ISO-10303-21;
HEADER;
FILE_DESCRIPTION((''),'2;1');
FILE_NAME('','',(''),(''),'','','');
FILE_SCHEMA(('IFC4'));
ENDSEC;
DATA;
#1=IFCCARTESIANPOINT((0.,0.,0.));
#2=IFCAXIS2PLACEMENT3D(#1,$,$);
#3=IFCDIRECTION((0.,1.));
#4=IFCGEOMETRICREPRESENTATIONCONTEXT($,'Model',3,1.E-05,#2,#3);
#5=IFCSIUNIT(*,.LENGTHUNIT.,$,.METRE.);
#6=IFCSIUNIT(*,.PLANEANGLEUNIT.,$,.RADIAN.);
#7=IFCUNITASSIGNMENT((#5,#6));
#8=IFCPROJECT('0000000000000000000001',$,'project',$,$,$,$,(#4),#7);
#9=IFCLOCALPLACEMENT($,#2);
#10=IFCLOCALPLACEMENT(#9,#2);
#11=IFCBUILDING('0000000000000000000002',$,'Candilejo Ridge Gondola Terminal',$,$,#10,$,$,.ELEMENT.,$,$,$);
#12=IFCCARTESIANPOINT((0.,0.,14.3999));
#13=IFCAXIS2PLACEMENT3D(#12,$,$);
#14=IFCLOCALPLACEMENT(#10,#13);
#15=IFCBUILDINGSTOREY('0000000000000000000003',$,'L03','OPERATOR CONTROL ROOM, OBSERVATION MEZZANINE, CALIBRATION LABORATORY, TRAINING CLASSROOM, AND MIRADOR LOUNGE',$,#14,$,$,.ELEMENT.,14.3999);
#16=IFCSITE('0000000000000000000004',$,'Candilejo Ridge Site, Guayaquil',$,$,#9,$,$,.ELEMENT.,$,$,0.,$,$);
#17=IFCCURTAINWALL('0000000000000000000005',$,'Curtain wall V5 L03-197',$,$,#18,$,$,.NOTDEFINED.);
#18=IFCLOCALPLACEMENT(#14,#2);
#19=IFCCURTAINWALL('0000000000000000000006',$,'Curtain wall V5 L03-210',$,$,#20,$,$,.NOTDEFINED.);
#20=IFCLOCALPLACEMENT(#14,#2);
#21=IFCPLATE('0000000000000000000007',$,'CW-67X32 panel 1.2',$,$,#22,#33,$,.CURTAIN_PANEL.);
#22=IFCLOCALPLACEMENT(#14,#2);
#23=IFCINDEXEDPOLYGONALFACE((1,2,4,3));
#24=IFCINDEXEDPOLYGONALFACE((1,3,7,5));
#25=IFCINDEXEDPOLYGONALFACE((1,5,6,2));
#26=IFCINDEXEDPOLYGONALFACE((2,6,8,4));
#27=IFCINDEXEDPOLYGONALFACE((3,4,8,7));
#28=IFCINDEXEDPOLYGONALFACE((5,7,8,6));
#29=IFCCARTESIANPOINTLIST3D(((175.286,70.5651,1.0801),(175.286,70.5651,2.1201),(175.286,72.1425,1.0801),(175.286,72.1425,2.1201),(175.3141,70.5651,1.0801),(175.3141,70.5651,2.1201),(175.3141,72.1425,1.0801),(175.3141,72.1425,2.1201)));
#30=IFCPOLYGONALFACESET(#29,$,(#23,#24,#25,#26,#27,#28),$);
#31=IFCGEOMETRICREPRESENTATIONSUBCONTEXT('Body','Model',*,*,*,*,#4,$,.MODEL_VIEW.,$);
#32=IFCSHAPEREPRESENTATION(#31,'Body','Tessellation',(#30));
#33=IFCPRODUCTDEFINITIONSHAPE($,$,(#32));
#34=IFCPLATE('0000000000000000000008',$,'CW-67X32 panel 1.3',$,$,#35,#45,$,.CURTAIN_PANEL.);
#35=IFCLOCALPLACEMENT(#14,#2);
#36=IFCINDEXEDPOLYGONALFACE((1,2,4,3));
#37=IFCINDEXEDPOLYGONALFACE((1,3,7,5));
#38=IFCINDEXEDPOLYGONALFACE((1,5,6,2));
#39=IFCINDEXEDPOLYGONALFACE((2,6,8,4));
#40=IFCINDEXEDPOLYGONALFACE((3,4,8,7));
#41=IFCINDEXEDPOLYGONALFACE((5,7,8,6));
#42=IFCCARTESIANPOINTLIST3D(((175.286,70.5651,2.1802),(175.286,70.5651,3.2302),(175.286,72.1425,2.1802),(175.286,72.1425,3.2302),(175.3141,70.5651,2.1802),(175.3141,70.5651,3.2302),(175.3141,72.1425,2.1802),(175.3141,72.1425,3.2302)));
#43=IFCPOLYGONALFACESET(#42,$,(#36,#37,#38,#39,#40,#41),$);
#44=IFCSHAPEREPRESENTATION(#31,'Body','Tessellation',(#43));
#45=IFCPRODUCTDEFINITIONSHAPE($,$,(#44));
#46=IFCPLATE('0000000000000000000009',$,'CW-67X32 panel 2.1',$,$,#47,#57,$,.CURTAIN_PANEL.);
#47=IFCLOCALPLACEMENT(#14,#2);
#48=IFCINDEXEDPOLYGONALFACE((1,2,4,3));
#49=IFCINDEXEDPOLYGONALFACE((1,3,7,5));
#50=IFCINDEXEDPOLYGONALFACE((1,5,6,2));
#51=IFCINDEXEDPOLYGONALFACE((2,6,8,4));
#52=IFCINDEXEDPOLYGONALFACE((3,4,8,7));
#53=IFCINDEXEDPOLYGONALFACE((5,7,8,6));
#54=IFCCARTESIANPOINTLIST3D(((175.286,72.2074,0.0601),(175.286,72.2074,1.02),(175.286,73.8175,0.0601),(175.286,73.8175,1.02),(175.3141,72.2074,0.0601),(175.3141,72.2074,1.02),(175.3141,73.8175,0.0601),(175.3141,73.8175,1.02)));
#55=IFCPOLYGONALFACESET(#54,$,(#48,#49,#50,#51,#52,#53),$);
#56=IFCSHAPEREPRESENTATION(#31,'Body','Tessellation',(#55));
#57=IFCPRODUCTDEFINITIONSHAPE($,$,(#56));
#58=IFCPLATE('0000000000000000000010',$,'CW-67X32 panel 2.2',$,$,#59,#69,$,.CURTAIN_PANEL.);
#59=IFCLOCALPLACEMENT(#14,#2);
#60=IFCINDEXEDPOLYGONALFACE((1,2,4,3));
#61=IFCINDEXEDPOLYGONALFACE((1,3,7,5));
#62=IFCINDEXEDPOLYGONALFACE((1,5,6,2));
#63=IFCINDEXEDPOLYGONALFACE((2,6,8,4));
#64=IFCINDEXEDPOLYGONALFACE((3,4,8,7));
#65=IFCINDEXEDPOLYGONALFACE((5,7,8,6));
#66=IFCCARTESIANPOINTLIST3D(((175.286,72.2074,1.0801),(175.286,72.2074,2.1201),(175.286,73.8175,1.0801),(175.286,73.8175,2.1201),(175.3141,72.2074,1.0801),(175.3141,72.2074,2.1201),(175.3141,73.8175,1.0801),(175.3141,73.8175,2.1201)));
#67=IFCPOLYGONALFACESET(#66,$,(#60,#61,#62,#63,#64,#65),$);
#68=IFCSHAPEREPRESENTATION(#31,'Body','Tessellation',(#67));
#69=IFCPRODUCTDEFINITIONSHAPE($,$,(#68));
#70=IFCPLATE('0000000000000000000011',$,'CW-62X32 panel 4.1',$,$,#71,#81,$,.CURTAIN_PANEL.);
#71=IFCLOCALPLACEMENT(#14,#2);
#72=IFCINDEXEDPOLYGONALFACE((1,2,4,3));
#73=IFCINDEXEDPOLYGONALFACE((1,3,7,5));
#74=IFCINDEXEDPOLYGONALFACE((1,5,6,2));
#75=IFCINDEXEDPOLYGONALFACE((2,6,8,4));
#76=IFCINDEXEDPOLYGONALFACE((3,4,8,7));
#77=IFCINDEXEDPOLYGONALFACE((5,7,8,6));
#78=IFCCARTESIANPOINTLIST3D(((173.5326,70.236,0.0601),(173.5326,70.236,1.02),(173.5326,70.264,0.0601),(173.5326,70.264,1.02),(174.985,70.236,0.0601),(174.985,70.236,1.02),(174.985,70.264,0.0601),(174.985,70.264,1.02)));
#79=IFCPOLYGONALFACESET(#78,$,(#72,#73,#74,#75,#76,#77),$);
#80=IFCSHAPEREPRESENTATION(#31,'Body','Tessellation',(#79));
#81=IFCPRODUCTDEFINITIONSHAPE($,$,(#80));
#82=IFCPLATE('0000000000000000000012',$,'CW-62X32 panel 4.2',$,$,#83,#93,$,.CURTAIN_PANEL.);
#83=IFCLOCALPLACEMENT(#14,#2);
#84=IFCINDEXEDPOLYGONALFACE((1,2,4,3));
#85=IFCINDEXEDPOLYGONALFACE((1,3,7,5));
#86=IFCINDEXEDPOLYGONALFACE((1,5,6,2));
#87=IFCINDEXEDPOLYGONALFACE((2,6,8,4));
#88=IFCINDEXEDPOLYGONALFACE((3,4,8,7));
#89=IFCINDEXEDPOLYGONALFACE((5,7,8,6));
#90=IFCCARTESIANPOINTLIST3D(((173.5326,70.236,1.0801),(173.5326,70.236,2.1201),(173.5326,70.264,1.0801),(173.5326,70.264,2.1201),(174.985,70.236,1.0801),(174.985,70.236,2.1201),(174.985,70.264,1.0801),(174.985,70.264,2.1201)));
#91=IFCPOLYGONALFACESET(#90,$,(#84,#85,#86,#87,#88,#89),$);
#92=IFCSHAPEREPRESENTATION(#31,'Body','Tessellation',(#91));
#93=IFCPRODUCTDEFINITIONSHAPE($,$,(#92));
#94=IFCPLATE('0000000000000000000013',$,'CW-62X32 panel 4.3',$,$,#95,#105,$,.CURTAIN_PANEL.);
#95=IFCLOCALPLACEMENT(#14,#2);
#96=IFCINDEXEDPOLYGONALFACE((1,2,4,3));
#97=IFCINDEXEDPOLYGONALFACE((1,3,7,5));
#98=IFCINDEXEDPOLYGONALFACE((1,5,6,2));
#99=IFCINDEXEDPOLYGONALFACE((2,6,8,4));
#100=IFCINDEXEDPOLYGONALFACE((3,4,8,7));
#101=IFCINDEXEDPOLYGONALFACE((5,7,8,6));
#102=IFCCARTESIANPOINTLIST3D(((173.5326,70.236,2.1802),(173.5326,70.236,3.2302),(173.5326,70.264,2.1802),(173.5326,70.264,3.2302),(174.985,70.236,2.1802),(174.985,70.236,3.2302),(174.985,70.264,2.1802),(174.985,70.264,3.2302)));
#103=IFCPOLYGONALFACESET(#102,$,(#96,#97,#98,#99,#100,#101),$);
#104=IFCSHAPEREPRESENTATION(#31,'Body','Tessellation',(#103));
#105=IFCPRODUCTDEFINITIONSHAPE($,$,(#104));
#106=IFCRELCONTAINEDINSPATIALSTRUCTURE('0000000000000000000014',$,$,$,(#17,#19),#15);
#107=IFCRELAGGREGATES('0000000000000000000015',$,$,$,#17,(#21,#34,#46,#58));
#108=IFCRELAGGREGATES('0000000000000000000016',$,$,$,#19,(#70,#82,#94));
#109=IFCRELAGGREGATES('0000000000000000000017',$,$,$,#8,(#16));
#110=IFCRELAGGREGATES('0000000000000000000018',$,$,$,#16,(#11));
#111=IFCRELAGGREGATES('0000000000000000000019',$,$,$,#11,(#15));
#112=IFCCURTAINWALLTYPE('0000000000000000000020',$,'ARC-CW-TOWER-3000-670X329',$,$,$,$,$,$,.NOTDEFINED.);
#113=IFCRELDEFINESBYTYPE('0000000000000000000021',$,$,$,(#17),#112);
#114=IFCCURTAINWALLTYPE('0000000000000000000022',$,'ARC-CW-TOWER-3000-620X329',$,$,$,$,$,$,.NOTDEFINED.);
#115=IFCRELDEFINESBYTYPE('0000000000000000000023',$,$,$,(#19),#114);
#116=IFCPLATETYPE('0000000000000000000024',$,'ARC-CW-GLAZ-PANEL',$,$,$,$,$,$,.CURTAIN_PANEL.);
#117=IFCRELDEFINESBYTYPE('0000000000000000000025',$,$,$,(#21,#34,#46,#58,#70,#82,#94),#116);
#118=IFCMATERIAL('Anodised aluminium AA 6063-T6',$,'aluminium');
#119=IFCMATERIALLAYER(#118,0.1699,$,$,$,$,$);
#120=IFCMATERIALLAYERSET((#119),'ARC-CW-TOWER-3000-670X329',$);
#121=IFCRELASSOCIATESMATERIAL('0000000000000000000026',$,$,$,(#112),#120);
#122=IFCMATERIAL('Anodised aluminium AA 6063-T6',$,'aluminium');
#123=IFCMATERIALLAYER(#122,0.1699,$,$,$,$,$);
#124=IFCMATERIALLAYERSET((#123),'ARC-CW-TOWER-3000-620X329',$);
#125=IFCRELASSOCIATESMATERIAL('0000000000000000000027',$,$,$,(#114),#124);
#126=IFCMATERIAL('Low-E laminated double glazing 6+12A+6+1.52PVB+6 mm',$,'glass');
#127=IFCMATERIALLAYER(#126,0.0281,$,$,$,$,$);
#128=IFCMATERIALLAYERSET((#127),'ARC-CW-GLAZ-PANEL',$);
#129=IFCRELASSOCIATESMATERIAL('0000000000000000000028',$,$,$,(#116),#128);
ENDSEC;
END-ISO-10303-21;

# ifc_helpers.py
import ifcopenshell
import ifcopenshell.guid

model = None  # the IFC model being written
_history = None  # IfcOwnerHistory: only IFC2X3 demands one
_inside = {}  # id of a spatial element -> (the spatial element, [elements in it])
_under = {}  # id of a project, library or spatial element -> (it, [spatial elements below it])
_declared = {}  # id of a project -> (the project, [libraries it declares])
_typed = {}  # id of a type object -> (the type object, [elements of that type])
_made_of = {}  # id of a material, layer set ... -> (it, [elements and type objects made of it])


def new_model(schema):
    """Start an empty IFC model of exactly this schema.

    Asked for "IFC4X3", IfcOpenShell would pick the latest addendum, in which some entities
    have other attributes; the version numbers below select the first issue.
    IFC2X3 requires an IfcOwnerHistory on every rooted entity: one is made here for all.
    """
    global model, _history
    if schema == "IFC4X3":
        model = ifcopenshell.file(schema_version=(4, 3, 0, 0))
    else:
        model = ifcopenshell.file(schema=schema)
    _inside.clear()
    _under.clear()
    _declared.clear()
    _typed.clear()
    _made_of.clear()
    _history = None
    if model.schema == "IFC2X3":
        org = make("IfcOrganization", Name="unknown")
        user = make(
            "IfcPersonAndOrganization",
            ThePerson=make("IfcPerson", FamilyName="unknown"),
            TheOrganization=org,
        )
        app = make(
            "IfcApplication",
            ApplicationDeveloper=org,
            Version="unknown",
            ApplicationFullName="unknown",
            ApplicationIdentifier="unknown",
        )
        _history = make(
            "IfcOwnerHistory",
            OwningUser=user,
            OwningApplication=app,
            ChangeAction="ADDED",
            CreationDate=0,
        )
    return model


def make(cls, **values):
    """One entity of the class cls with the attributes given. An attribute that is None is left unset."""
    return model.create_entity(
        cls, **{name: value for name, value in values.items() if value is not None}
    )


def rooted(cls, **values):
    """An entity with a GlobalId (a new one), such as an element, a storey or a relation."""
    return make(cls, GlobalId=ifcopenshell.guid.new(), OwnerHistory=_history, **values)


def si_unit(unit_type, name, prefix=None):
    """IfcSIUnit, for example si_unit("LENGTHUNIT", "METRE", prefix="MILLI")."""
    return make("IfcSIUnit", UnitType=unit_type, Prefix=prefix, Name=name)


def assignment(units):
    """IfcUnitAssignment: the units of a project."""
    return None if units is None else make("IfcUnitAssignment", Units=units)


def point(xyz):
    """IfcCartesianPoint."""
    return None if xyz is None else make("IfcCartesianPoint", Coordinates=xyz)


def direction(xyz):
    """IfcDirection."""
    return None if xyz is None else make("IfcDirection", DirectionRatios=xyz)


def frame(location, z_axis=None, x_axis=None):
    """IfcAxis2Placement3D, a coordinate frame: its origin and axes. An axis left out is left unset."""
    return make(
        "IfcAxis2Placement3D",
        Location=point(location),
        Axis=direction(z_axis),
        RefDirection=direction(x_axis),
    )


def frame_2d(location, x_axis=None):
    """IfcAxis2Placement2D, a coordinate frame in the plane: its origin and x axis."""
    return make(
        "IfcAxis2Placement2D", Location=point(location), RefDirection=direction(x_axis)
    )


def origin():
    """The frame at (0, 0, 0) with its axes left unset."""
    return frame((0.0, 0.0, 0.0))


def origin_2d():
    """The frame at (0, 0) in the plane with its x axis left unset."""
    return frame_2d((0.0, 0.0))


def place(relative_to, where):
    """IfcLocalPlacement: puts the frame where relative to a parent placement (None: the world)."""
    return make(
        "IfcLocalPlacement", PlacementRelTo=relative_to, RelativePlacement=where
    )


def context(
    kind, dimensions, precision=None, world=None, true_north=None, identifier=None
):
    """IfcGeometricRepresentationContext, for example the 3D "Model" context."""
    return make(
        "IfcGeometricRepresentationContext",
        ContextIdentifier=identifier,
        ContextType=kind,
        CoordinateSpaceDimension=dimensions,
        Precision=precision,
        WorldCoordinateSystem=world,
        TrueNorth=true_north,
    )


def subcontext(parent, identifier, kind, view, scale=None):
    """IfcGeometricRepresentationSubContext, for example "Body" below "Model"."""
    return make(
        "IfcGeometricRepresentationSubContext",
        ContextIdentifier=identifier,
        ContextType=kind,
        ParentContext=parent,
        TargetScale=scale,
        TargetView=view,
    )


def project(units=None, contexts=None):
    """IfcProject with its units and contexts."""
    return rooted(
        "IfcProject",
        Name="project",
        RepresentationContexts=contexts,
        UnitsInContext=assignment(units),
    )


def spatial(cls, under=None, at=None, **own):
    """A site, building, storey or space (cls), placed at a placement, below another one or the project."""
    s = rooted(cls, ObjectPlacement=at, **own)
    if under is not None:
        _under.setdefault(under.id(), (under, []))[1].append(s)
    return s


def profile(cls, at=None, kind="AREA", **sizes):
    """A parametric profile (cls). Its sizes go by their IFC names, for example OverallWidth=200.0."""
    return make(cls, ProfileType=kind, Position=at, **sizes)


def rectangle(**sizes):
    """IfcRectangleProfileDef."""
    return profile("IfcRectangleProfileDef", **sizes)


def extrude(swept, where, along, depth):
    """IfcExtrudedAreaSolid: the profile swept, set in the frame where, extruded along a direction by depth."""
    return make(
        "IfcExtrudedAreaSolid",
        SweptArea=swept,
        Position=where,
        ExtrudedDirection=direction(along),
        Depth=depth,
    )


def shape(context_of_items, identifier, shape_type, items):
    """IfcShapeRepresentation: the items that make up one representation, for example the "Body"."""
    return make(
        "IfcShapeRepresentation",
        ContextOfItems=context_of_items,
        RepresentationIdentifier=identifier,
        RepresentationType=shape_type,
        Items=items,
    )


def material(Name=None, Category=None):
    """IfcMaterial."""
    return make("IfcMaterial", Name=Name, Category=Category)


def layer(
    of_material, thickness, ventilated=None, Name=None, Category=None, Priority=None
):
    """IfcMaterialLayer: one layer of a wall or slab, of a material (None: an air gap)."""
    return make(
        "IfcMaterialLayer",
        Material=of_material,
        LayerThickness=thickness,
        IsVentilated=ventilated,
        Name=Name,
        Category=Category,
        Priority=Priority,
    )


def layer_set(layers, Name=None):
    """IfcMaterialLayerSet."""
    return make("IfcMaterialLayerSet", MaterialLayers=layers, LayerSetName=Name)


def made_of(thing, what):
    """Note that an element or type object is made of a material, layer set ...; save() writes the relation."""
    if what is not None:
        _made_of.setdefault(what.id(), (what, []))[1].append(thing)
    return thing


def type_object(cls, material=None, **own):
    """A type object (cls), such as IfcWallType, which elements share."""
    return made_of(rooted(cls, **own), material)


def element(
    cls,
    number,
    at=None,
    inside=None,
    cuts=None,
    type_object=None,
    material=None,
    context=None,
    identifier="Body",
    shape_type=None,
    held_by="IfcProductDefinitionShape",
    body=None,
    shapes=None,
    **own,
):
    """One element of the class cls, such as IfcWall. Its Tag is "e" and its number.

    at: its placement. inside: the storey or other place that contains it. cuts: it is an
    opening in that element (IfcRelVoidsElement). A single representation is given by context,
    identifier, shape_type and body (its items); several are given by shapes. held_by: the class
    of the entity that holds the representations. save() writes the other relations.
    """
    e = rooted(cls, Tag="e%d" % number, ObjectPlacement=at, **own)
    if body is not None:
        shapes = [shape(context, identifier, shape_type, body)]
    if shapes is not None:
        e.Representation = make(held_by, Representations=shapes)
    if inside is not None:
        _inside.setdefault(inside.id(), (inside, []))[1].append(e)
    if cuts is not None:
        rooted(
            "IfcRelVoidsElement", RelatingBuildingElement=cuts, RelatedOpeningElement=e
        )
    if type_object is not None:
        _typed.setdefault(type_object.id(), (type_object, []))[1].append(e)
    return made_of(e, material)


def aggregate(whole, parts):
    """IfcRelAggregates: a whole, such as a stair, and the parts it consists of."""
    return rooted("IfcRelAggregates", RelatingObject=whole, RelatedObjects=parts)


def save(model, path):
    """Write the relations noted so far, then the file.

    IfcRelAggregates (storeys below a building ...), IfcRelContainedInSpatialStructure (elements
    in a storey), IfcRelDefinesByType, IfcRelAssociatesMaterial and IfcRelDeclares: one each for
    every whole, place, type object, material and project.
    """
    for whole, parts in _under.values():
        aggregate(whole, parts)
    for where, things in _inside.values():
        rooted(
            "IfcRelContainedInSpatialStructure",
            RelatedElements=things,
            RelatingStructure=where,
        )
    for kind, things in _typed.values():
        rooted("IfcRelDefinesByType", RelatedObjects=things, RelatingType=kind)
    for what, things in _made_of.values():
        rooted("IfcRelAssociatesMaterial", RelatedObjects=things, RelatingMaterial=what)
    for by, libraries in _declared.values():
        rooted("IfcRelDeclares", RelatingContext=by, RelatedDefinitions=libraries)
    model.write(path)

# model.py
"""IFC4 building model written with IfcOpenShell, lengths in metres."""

from ifc_helpers import new_model, si_unit, direction, frame, origin, origin_2d, place, context, subcontext, project, spatial, rectangle, extrude, material, layer, layer_set, type_object, element, aggregate, save


model = new_model("IFC4")

# Units and contexts
model_context = context("Model", 3, precision=1e-05, world=origin(), true_north=direction((0.0, 1.0)))
body_context = subcontext(model_context, "Body", "Model", "MODEL_VIEW")
ifc_project = project(units=[si_unit("LENGTHUNIT", "METRE"), si_unit("PLANEANGLEUNIT", "RADIAN")], contexts=[model_context])

# Site, building, storey
site_placement = place(None, origin())
site = spatial("IfcSite", under=ifc_project, at=site_placement, Name="Candilejo Ridge Site, Guayaquil", CompositionType="ELEMENT", RefElevation=0.0)
building_placement = place(site_placement, origin())
building = spatial("IfcBuilding", under=site, at=building_placement, Name="Candilejo Ridge Gondola Terminal", CompositionType="ELEMENT")
storey_placement = place(building_placement, frame((0.0, 0.0, 14.3999)))
storey = spatial("IfcBuildingStorey", under=building, at=storey_placement, Name="L03", Description="OPERATOR CONTROL ROOM, OBSERVATION MEZZANINE, CALIBRATION LABORATORY, TRAINING CLASSROOM, AND MIRADOR LOUNGE", CompositionType="ELEMENT", Elevation=14.3999)

# Curtain wall
ifc_material_1 = material(Name="Anodised aluminium AA 6063-T6", Category="aluminium")
ifc_layer_1 = layer(ifc_material_1, 0.1699)
ifc_layer_set_1 = layer_set([ifc_layer_1], Name="ARC-CW-TOWER-3000-670X329")
curtain_wall_type_1 = type_object("IfcCurtainWallType", Name="ARC-CW-TOWER-3000-670X329", PredefinedType="NOTDEFINED", material=ifc_layer_set_1)
curtain_wall_1_placement = place(storey_placement, origin())
curtain_wall_1 = element("IfcCurtainWall", 1, at=curtain_wall_1_placement, inside=storey, type_object=curtain_wall_type_1, Name="Curtain wall V5 L03-197", PredefinedType="NOTDEFINED")

# Curtain wall
ifc_material_2 = material(Name="Anodised aluminium AA 6063-T6", Category="aluminium")
ifc_layer_2 = layer(ifc_material_2, 0.1699)
ifc_layer_set_2 = layer_set([ifc_layer_2], Name="ARC-CW-TOWER-3000-620X329")
curtain_wall_type_2 = type_object("IfcCurtainWallType", Name="ARC-CW-TOWER-3000-620X329", PredefinedType="NOTDEFINED", material=ifc_layer_set_2)
curtain_wall_2_placement = place(storey_placement, origin())
curtain_wall_2 = element("IfcCurtainWall", 2, at=curtain_wall_2_placement, inside=storey, type_object=curtain_wall_type_2, Name="Curtain wall V5 L03-210", PredefinedType="NOTDEFINED")

# Plates
ifc_material_3 = material(Name="Low-E laminated double glazing 6+12A+6+1.52PVB+6 mm", Category="glass")
ifc_layer_3 = layer(ifc_material_3, 0.0281)
ifc_layer_set_3 = layer_set([ifc_layer_3], Name="ARC-CW-GLAZ-PANEL")
plate_type = type_object("IfcPlateType", Name="ARC-CW-GLAZ-PANEL", PredefinedType="CURTAIN_PANEL", material=ifc_layer_set_3)
plate_1_placement = place(storey_placement, frame((175.3, 71.3538, 1.0801), z_axis=(0.0, 0.0, 1.0), x_axis=(0.0, 1.0, 0.0)))
plate_1 = element("IfcPlate", 3, at=plate_1_placement, type_object=plate_type, Name="CW-67X32 panel 1.2", PredefinedType="CURTAIN_PANEL", context=body_context, shape_type="SweptSolid", body=[
    extrude(rectangle(XDim=1.5774, YDim=0.0281, at=origin_2d()), origin(), (0.0, 0.0, 1.0), 1.04),
])
plate_2_placement = place(storey_placement, frame((175.3, 71.3538, 2.1802), z_axis=(0.0, 0.0, 1.0), x_axis=(0.0, 1.0, 0.0)))
plate_2 = element("IfcPlate", 4, at=plate_2_placement, type_object=plate_type, Name="CW-67X32 panel 1.3", PredefinedType="CURTAIN_PANEL", context=body_context, shape_type="SweptSolid", body=[
    extrude(rectangle(XDim=1.5774, YDim=0.0281, at=origin_2d()), origin(), (0.0, 0.0, 1.0), 1.05),
])
plate_3_placement = place(storey_placement, frame((175.3, 73.0125, 0.0601), z_axis=(0.0, 0.0, 1.0), x_axis=(0.0, 1.0, 0.0)))
plate_3 = element("IfcPlate", 5, at=plate_3_placement, type_object=plate_type, Name="CW-67X32 panel 2.1", PredefinedType="CURTAIN_PANEL", context=body_context, shape_type="SweptSolid", body=[
    extrude(rectangle(XDim=1.6101, YDim=0.0281, at=origin_2d()), origin(), (0.0, 0.0, 1.0), 0.96),
])
plate_4_placement = place(storey_placement, frame((175.3, 73.0125, 1.0801), z_axis=(0.0, 0.0, 1.0), x_axis=(0.0, 1.0, 0.0)))
plate_4 = element("IfcPlate", 6, at=plate_4_placement, type_object=plate_type, Name="CW-67X32 panel 2.2", PredefinedType="CURTAIN_PANEL", context=body_context, shape_type="SweptSolid", body=[
    extrude(rectangle(XDim=1.6101, YDim=0.0281, at=origin_2d()), origin(), (0.0, 0.0, 1.0), 1.04),
])
aggregate(curtain_wall_1, [plate_1, plate_2, plate_3, plate_4])
plate_5_placement = place(storey_placement, frame((174.2588, 70.25, 0.0601), z_axis=(0.0, 0.0, 1.0), x_axis=(1.0, 0.0, 0.0)))
plate_5 = element("IfcPlate", 7, at=plate_5_placement, type_object=plate_type, Name="CW-62X32 panel 4.1", PredefinedType="CURTAIN_PANEL", context=body_context, shape_type="SweptSolid", body=[
    extrude(rectangle(XDim=1.4524, YDim=0.0281, at=origin_2d()), origin(), (0.0, 0.0, 1.0), 0.96),
])
plate_6_placement = place(storey_placement, frame((174.2588, 70.25, 1.0801), z_axis=(0.0, 0.0, 1.0), x_axis=(1.0, 0.0, 0.0)))
plate_6 = element("IfcPlate", 8, at=plate_6_placement, type_object=plate_type, Name="CW-62X32 panel 4.2", PredefinedType="CURTAIN_PANEL", context=body_context, shape_type="SweptSolid", body=[
    extrude(rectangle(XDim=1.4524, YDim=0.0281, at=origin_2d()), origin(), (0.0, 0.0, 1.0), 1.04),
])
plate_7_placement = place(storey_placement, frame((174.2588, 70.25, 2.1802), z_axis=(0.0, 0.0, 1.0), x_axis=(1.0, 0.0, 0.0)))
plate_7 = element("IfcPlate", 9, at=plate_7_placement, type_object=plate_type, Name="CW-62X32 panel 4.3", PredefinedType="CURTAIN_PANEL", context=body_context, shape_type="SweptSolid", body=[
    extrude(rectangle(XDim=1.4524, YDim=0.0281, at=origin_2d()), origin(), (0.0, 0.0, 1.0), 1.05),
])
aggregate(curtain_wall_2, [plate_5, plate_6, plate_7])

save(model, "model.ifc")
